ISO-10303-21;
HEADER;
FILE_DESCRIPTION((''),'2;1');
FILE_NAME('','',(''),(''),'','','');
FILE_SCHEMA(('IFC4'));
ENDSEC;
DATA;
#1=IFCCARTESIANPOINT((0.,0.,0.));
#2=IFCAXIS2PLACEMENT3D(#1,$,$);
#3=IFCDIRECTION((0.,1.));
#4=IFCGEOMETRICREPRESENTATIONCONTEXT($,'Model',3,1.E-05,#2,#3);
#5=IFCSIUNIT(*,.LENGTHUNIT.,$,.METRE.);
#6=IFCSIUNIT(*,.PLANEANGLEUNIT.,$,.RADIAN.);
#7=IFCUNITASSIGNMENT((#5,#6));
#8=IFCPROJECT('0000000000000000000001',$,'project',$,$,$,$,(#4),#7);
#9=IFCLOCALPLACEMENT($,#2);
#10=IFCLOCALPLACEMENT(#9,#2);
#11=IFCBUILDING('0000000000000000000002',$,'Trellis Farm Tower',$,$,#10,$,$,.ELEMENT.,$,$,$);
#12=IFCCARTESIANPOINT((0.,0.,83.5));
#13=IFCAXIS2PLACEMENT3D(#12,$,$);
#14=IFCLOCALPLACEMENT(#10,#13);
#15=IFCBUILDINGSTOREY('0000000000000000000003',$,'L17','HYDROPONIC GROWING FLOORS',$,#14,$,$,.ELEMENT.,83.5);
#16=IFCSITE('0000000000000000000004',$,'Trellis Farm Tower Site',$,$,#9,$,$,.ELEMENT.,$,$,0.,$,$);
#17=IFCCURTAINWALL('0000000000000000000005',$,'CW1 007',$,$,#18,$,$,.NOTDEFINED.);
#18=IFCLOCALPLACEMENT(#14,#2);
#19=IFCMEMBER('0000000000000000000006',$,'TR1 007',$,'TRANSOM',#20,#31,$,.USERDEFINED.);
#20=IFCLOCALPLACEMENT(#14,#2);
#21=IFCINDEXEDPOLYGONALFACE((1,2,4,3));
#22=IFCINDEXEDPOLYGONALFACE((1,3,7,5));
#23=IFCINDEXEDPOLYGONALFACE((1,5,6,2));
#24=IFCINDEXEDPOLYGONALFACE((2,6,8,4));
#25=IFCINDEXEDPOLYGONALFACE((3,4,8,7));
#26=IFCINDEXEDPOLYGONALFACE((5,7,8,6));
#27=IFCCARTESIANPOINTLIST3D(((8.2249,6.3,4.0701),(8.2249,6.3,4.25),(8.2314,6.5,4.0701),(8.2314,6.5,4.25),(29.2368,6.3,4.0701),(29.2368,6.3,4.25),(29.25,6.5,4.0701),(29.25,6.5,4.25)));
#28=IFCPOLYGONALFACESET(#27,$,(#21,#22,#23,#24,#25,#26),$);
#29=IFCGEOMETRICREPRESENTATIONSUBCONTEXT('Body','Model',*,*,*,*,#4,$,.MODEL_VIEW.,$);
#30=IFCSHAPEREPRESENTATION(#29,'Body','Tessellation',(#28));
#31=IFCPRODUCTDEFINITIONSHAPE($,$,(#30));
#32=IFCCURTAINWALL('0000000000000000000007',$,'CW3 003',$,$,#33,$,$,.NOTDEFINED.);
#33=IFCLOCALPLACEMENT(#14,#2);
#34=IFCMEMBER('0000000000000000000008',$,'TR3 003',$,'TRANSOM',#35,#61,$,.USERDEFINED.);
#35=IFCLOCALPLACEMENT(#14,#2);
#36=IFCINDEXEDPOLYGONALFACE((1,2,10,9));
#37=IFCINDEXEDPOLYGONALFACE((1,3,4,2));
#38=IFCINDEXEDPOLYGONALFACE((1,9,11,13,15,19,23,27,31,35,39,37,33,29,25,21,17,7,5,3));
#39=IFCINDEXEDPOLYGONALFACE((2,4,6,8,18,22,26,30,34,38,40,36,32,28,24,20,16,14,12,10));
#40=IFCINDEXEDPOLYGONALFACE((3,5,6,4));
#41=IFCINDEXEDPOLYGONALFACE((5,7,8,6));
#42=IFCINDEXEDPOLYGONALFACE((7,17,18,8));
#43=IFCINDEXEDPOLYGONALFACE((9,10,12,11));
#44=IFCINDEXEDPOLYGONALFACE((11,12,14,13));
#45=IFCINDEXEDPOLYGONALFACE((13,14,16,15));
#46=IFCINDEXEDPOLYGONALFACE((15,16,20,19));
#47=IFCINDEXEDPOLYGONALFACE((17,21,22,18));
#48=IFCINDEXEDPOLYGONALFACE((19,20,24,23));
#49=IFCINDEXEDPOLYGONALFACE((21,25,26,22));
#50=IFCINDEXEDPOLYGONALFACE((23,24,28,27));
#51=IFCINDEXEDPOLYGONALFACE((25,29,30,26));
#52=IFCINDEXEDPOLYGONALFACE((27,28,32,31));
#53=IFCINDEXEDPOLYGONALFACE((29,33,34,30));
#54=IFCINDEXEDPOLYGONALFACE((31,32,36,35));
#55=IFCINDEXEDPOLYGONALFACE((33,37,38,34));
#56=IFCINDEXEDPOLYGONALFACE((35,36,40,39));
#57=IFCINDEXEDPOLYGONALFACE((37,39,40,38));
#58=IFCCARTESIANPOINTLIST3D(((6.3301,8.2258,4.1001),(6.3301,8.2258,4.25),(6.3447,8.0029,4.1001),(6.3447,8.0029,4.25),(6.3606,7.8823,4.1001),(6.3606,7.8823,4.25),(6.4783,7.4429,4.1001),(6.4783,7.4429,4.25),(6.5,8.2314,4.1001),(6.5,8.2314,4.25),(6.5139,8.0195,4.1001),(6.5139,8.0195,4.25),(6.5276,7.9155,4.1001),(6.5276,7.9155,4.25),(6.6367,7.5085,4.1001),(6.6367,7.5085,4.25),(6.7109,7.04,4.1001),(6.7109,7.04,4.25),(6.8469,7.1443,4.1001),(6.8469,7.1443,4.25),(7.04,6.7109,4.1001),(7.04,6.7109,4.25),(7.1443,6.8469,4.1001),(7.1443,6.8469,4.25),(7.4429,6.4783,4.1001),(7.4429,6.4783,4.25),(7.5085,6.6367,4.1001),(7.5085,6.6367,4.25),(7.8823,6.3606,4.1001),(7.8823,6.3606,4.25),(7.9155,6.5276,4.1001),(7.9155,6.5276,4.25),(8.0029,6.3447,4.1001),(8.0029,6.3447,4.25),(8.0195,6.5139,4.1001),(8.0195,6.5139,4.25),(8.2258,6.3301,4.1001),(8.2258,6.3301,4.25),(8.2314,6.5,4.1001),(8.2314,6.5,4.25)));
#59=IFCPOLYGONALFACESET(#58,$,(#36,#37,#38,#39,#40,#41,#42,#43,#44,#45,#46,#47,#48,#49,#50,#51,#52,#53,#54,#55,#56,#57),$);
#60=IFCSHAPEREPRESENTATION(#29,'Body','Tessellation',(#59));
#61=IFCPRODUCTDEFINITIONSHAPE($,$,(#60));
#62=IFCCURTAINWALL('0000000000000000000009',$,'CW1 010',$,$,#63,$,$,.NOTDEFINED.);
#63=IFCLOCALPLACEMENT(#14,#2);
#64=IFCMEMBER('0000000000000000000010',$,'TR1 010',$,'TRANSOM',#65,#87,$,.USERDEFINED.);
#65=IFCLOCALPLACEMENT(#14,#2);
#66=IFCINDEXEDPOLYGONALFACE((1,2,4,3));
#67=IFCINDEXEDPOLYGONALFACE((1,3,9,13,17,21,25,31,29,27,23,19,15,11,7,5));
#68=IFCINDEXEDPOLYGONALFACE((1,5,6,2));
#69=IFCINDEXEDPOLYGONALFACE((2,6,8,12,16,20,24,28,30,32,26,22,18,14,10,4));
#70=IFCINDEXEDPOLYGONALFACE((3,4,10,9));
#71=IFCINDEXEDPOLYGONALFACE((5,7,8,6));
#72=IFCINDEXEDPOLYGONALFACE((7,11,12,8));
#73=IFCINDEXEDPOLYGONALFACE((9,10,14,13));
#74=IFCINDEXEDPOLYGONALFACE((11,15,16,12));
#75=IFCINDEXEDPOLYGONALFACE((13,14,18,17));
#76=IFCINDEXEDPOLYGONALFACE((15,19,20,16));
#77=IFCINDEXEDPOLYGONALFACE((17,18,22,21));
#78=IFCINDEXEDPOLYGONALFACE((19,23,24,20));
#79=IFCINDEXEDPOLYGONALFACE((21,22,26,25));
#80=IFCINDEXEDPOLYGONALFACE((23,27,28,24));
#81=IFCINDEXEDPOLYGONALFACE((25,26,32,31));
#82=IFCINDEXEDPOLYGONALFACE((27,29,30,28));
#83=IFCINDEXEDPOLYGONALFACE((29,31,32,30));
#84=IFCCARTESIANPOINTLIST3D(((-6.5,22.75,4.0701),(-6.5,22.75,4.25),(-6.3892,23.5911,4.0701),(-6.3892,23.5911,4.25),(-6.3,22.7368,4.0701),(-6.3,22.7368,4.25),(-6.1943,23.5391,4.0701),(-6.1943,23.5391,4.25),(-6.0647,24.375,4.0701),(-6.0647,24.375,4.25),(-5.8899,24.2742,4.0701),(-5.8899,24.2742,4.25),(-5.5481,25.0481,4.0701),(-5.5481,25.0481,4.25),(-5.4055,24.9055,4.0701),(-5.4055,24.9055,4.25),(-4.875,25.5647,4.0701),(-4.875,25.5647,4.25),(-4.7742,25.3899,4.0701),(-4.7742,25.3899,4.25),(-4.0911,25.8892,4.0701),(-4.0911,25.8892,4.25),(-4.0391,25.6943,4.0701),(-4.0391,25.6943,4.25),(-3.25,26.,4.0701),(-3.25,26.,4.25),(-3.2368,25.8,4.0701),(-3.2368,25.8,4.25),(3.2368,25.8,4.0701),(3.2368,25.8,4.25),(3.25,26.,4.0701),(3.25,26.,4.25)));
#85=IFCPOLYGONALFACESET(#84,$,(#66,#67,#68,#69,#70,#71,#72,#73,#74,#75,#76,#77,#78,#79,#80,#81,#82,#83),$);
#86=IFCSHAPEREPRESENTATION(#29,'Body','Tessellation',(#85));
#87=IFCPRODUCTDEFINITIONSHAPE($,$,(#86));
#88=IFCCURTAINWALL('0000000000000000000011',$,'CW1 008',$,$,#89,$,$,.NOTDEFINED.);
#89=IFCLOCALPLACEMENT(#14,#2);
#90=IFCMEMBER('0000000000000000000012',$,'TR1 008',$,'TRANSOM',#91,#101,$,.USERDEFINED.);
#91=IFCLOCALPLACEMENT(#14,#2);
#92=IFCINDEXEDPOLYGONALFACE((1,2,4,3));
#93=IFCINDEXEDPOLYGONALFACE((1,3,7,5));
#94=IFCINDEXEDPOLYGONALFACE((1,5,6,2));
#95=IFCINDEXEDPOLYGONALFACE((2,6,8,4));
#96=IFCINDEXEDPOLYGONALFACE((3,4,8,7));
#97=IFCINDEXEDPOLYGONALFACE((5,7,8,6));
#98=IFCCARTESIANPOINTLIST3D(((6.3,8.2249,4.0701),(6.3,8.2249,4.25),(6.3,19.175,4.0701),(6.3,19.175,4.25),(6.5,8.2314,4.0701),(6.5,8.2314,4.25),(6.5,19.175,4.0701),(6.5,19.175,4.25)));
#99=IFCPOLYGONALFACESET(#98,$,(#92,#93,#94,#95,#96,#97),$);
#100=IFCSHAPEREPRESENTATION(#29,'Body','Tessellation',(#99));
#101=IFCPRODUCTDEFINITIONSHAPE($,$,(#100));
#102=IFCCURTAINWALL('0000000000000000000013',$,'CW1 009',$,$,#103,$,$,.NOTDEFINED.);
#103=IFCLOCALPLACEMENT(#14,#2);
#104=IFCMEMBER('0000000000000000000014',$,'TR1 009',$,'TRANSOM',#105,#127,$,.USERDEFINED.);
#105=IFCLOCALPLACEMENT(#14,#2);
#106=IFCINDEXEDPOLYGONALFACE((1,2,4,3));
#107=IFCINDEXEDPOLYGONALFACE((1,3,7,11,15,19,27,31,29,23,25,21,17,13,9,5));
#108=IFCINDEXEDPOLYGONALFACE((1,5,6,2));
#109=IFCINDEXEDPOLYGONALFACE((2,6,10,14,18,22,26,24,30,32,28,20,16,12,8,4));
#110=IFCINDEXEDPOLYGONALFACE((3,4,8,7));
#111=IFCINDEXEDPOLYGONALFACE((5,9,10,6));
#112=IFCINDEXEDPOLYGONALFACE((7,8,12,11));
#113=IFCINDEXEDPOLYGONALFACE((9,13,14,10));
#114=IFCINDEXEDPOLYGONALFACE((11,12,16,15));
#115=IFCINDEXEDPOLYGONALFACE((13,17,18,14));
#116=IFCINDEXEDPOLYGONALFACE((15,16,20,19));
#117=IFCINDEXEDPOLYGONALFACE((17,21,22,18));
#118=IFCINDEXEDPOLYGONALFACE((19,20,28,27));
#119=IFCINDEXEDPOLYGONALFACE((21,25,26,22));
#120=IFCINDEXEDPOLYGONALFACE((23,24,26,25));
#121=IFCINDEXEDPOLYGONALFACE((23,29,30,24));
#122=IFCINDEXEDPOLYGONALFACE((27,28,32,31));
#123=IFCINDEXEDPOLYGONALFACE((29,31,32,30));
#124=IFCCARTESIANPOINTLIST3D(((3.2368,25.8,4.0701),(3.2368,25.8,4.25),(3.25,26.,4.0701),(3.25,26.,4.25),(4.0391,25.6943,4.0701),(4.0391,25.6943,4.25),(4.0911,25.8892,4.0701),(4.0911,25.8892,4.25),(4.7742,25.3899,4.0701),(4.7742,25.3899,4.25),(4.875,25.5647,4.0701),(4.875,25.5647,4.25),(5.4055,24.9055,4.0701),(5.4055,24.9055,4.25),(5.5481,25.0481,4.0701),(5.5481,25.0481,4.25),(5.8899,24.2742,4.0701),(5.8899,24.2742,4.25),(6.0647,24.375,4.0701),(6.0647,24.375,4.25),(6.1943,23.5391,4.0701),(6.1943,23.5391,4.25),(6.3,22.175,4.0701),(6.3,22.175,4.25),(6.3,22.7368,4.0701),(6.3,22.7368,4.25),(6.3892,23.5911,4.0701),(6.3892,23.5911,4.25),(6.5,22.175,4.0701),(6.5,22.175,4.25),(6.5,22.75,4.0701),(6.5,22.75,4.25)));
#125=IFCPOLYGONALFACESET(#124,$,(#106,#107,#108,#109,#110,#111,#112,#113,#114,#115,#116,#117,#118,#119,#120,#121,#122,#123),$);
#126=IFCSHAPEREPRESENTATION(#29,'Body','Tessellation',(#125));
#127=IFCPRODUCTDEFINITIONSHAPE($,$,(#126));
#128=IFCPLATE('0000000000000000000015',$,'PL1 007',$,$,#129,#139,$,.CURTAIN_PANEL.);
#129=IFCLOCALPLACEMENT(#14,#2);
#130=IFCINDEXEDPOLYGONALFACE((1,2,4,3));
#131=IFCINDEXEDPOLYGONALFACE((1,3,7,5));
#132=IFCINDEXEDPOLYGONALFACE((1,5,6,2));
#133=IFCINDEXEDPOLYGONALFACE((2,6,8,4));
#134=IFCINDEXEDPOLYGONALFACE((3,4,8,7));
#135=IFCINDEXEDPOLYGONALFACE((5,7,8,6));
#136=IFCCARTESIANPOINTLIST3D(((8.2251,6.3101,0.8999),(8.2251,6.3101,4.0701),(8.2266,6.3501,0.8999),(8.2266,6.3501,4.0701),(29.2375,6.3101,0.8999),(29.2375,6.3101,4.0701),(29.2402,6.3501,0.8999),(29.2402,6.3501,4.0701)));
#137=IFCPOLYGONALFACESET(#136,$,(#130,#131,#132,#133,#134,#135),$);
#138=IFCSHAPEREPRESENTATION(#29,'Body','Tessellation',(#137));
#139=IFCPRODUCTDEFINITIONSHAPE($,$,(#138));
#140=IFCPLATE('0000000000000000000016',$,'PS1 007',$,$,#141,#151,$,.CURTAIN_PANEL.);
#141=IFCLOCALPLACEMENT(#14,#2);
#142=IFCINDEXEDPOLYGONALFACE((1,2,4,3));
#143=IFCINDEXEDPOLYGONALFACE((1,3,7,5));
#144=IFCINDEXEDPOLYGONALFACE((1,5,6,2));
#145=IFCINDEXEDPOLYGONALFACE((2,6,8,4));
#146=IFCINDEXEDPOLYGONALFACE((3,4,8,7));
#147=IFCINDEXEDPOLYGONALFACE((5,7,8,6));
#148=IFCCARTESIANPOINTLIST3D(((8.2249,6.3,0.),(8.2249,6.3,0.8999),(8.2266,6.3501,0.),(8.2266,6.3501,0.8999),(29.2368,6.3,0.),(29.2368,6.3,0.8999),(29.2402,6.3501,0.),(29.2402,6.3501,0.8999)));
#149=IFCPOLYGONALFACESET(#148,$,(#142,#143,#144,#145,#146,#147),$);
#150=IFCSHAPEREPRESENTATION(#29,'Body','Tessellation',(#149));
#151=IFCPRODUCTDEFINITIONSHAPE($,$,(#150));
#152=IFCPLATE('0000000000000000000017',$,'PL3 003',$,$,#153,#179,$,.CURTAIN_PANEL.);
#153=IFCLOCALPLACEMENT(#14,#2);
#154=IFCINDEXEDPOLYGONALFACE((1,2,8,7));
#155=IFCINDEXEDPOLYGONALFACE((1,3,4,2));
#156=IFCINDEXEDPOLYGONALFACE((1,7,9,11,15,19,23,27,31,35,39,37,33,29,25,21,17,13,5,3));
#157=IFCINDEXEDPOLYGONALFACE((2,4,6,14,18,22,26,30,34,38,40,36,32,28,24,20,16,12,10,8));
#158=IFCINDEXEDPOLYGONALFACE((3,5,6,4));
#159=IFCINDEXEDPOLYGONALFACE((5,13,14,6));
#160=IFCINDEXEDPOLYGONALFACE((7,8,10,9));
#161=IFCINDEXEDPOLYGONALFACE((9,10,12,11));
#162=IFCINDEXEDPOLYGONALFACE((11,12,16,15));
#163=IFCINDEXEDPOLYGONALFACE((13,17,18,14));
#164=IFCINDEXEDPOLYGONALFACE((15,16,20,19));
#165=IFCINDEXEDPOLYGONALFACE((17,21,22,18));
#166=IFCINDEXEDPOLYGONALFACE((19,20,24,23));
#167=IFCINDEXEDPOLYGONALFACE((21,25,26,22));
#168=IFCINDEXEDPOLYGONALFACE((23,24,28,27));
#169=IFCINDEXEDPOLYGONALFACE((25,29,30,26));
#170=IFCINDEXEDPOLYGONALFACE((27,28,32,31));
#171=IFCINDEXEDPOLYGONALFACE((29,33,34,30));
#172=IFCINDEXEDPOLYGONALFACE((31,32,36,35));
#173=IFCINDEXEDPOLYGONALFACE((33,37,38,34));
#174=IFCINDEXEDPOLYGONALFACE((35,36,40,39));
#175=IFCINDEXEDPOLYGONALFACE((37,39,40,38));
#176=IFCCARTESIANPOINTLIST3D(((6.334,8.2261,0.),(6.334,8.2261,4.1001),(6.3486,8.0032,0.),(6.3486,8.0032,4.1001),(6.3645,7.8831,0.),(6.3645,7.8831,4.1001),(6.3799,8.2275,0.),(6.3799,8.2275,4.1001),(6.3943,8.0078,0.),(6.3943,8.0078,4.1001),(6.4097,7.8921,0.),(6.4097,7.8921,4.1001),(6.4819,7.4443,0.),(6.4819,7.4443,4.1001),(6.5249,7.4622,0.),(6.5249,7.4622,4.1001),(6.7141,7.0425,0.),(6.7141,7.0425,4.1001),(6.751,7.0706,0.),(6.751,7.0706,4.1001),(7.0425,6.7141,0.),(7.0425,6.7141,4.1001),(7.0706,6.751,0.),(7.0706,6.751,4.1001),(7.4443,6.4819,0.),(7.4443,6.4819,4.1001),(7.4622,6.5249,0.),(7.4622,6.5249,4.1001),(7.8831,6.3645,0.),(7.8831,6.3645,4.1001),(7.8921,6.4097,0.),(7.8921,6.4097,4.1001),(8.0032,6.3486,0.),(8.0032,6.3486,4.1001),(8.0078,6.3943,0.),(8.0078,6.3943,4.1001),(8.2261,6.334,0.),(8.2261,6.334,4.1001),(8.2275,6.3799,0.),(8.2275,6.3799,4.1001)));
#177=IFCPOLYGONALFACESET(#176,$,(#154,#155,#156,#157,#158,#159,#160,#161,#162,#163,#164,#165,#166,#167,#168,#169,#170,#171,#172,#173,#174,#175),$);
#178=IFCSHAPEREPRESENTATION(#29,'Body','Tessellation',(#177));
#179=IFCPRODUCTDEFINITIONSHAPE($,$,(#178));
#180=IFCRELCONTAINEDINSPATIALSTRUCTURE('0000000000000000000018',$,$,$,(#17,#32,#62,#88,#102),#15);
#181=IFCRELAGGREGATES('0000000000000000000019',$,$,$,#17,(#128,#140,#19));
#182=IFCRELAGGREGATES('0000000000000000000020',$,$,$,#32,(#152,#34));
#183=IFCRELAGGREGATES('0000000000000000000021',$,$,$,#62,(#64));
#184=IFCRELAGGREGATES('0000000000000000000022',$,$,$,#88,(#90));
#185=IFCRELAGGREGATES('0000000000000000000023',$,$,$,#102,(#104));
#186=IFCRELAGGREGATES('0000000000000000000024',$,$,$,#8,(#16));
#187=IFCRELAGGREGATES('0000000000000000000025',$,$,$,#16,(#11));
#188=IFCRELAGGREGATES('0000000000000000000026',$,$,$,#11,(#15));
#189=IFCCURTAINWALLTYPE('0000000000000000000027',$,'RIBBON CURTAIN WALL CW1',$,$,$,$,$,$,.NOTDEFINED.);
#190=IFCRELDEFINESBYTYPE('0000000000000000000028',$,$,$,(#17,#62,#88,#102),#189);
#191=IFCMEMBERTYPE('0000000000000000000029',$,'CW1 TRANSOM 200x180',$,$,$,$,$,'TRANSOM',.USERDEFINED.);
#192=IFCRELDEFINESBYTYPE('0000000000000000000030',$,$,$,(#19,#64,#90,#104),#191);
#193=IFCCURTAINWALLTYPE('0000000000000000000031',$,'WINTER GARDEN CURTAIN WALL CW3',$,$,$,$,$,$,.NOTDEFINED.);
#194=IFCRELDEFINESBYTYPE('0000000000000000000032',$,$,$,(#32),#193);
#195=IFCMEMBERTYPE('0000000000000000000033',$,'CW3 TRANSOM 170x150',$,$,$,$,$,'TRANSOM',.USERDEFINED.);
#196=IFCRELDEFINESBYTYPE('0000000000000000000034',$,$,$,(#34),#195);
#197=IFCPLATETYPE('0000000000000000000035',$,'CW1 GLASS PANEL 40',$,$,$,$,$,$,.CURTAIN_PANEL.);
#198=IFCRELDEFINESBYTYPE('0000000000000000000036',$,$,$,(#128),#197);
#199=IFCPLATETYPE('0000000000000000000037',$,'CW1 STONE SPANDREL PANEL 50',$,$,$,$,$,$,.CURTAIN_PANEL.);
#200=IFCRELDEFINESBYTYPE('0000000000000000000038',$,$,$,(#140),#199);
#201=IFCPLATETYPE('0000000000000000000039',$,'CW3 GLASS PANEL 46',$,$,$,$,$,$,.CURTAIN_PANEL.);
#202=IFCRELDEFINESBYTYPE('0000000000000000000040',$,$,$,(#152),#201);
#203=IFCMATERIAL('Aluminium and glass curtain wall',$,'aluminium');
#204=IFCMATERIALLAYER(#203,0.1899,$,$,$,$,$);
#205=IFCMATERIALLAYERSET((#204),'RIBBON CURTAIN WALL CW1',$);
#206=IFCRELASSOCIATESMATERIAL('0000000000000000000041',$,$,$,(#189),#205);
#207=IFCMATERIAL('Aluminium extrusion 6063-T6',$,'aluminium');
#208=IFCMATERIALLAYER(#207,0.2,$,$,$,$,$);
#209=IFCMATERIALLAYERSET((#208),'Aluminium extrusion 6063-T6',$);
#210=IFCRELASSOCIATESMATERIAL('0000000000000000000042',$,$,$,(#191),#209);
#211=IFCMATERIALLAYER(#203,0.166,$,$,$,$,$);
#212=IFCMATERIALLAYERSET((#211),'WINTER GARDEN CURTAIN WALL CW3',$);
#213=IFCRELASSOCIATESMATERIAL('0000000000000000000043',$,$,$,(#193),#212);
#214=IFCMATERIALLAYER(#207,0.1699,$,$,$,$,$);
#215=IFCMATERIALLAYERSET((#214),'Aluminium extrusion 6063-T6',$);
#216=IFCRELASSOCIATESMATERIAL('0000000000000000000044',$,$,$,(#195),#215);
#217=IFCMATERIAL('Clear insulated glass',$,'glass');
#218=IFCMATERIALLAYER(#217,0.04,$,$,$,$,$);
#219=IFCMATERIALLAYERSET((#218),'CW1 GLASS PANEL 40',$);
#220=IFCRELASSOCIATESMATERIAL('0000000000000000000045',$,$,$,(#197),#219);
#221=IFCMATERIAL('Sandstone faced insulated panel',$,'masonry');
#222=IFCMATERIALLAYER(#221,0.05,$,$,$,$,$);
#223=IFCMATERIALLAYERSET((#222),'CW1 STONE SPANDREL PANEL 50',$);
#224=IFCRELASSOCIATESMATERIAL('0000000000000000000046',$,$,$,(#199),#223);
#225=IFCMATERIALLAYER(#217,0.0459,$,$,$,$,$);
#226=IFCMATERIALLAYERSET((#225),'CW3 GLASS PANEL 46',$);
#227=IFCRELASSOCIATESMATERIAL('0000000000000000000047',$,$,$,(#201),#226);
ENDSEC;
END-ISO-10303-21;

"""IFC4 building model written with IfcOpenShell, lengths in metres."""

from ifc_helpers import new_model, si_unit, direction, frame, origin, place, context, subcontext, project, spatial, polyline, outline, extrude, source, transform, mapped, material, layer, layer_set, type_object, element, aggregate, save


model = new_model("IFC4")

# Units and contexts
model_context = context("Model", 3, precision=1e-05, world=origin(), true_north=direction((0.0, 1.0)))
body_context = subcontext(model_context, "Body", "Model", "MODEL_VIEW")
ifc_project = project(units=[si_unit("LENGTHUNIT", "METRE"), si_unit("PLANEANGLEUNIT", "RADIAN")], contexts=[model_context])

# Site, building, storey
site_placement = place(None, origin())
site = spatial("IfcSite", under=ifc_project, at=site_placement, Name="Trellis Farm Tower Site", CompositionType="ELEMENT", RefElevation=0.0)
building_placement = place(site_placement, origin())
building = spatial("IfcBuilding", under=site, at=building_placement, Name="Trellis Farm Tower", CompositionType="ELEMENT")
storey_placement = place(building_placement, frame((0.0, 0.0, 83.5)))
storey = spatial("IfcBuildingStorey", under=building, at=storey_placement, Name="L17", Description="HYDROPONIC GROWING FLOORS", CompositionType="ELEMENT", Elevation=83.5)

# Curtain walls, members
ifc_material_1 = material(Name="Aluminium and glass curtain wall", Category="aluminium")
ifc_layer_1 = layer(ifc_material_1, 0.1899)
ifc_layer_set_1 = layer_set([ifc_layer_1], Name="RIBBON CURTAIN WALL CW1")
curtain_wall_type_1 = type_object("IfcCurtainWallType", Name="RIBBON CURTAIN WALL CW1", PredefinedType="NOTDEFINED", material=ifc_layer_set_1)
placement_1 = place(storey_placement, origin())
curtain_wall_1 = element("IfcCurtainWall", 1, at=placement_1, inside=storey, type_object=curtain_wall_type_1, Name="CW1 007", PredefinedType="NOTDEFINED")
ifc_material_2 = material(Name="Aluminium extrusion 6063-T6", Category="aluminium")
ifc_layer_2 = layer(ifc_material_2, 0.2)
ifc_layer_set_2 = layer_set([ifc_layer_2], Name="Aluminium extrusion 6063-T6")
member_type_1 = type_object("IfcMemberType", Name="CW1 TRANSOM 200x180", ElementType="TRANSOM", PredefinedType="USERDEFINED", material=ifc_layer_set_2)
shared_shape_1 = source(origin(), body_context, "Body", "SweptSolid", [
    extrude(outline(polyline([(29.25, 6.5), (8.2314, 6.5), (8.2249, 6.3), (29.2368, 6.3), (29.25, 6.5)])), origin(), (0.0, 0.0, 1.0), 0.1799),
])
placement_2 = place(storey_placement, frame((0.0, 0.0, 4.0701)))
member_1 = element("IfcMember", 2, at=placement_2, type_object=member_type_1, Name="TR1 007", ObjectType="TRANSOM", PredefinedType="USERDEFINED", context=body_context, shape_type="MappedRepresentation", body=[
    mapped(shared_shape_1, transform((0.0, 0.0, 0.0))),
])
ifc_layer_3 = layer(ifc_material_1, 0.166)
ifc_layer_set_3 = layer_set([ifc_layer_3], Name="WINTER GARDEN CURTAIN WALL CW3")
curtain_wall_type_2 = type_object("IfcCurtainWallType", Name="WINTER GARDEN CURTAIN WALL CW3", PredefinedType="NOTDEFINED", material=ifc_layer_set_3)
curtain_wall_2 = element("IfcCurtainWall", 3, at=placement_1, inside=storey, type_object=curtain_wall_type_2, Name="CW3 003", PredefinedType="NOTDEFINED")
ifc_layer_4 = layer(ifc_material_2, 0.1699)
ifc_layer_set_4 = layer_set([ifc_layer_4], Name="Aluminium extrusion 6063-T6")
member_type_2 = type_object("IfcMemberType", Name="CW3 TRANSOM 170x150", ElementType="TRANSOM", PredefinedType="USERDEFINED", material=ifc_layer_set_4)
shared_shape_2 = source(origin(), body_context, "Body", "SweptSolid", [
    extrude(outline(polyline([(8.2314, 6.5), (8.0195, 6.5139), (7.9155, 6.5276), (7.5085, 6.6367), (7.1443, 6.8469), (6.8469, 7.1443), (6.6367, 7.5085), (6.5276, 7.9155), (6.5139, 8.0195), (6.5, 8.2314), (6.3301, 8.2258), (6.3447, 8.0029), (6.3606, 7.8823), (6.4783, 7.4429), (6.7109, 7.04), (7.04, 6.7109), (7.4429, 6.4783), (7.8823, 6.3606), (8.0029, 6.3447), (8.2258, 6.3301), (8.2314, 6.5)])), origin(), (0.0, 0.0, 1.0), 0.1499),
])
member_2_placement = place(storey_placement, frame((0.0, 0.0, 4.1001)))
member_2 = element("IfcMember", 4, at=member_2_placement, type_object=member_type_2, Name="TR3 003", ObjectType="TRANSOM", PredefinedType="USERDEFINED", context=body_context, shape_type="MappedRepresentation", body=[
    mapped(shared_shape_2, transform((0.0, 0.0, 0.0))),
])
curtain_wall_3 = element("IfcCurtainWall", 5, at=placement_1, inside=storey, type_object=curtain_wall_type_1, Name="CW1 010", PredefinedType="NOTDEFINED")
shared_shape_3 = source(origin(), body_context, "Body", "SweptSolid", [
    extrude(outline(polyline([(3.25, 26.0), (-3.25, 26.0), (-4.0911, 25.8892), (-4.875, 25.5647), (-5.5481, 25.0481), (-6.0647, 24.375), (-6.3892, 23.5911), (-6.5, 22.75), (-6.3, 22.7368), (-6.1943, 23.5391), (-5.8899, 24.2742), (-5.4055, 24.9055), (-4.7742, 25.3899), (-4.0391, 25.6943), (-3.2368, 25.8), (3.2368, 25.8), (3.25, 26.0)])), origin(), (0.0, 0.0, 1.0), 0.1799),
])
member_3 = element("IfcMember", 6, at=placement_2, type_object=member_type_1, Name="TR1 010", ObjectType="TRANSOM", PredefinedType="USERDEFINED", context=body_context, shape_type="MappedRepresentation", body=[
    mapped(shared_shape_3, transform((0.0, 0.0, 0.0))),
])
curtain_wall_4 = element("IfcCurtainWall", 7, at=placement_1, inside=storey, type_object=curtain_wall_type_1, Name="CW1 008", PredefinedType="NOTDEFINED")
shared_shape_4 = source(origin(), body_context, "Body", "SweptSolid", [
    extrude(outline(polyline([(6.5, 8.2314), (6.5, 19.175), (6.3, 19.175), (6.3, 8.2249), (6.5, 8.2314)])), origin(), (0.0, 0.0, 1.0), 0.1799),
])
member_4 = element("IfcMember", 8, at=placement_2, type_object=member_type_1, Name="TR1 008", ObjectType="TRANSOM", PredefinedType="USERDEFINED", context=body_context, shape_type="MappedRepresentation", body=[
    mapped(shared_shape_4, transform((0.0, 0.0, 0.0))),
])
curtain_wall_5 = element("IfcCurtainWall", 9, at=placement_1, inside=storey, type_object=curtain_wall_type_1, Name="CW1 009", PredefinedType="NOTDEFINED")
shared_shape_5 = source(origin(), body_context, "Body", "SweptSolid", [
    extrude(outline(polyline([(6.5, 22.175), (6.5, 22.75), (6.3892, 23.5911), (6.0647, 24.375), (5.5481, 25.0481), (4.875, 25.5647), (4.0911, 25.8892), (3.25, 26.0), (3.2368, 25.8), (4.0391, 25.6943), (4.7742, 25.3899), (5.4055, 24.9055), (5.8899, 24.2742), (6.1943, 23.5391), (6.3, 22.7368), (6.3, 22.175), (6.5, 22.175)])), origin(), (0.0, 0.0, 1.0), 0.1799),
])
member_5 = element("IfcMember", 10, at=placement_2, type_object=member_type_1, Name="TR1 009", ObjectType="TRANSOM", PredefinedType="USERDEFINED", context=body_context, shape_type="MappedRepresentation", body=[
    mapped(shared_shape_5, transform((0.0, 0.0, 0.0))),
])

# Plates
ifc_material_3 = material(Name="Clear insulated glass", Category="glass")
ifc_layer_5 = layer(ifc_material_3, 0.04)
ifc_layer_set_5 = layer_set([ifc_layer_5], Name="CW1 GLASS PANEL 40")
plate_type_1 = type_object("IfcPlateType", Name="CW1 GLASS PANEL 40", PredefinedType="CURTAIN_PANEL", material=ifc_layer_set_5)
shared_shape_6 = source(origin(), body_context, "Body", "SweptSolid", [
    extrude(outline(polyline([(29.2402, 6.3501), (8.2266, 6.3501), (8.2251, 6.3101), (29.2375, 6.3101), (29.2402, 6.3501)])), origin(), (0.0, 0.0, 1.0), 3.1702),
])
placement_3 = place(storey_placement, frame((0.0, 0.0, 0.8999)))
plate_1 = element("IfcPlate", 11, at=placement_3, type_object=plate_type_1, Name="PL1 007", PredefinedType="CURTAIN_PANEL", context=body_context, shape_type="MappedRepresentation", body=[
    mapped(shared_shape_6, transform((0.0, 0.0, 0.0))),
])
ifc_material_4 = material(Name="Sandstone faced insulated panel", Category="masonry")
ifc_layer_6 = layer(ifc_material_4, 0.05)
ifc_layer_set_6 = layer_set([ifc_layer_6], Name="CW1 STONE SPANDREL PANEL 50")
plate_type_2 = type_object("IfcPlateType", Name="CW1 STONE SPANDREL PANEL 50", PredefinedType="CURTAIN_PANEL", material=ifc_layer_set_6)
shared_shape_7 = source(origin(), body_context, "Body", "SweptSolid", [
    extrude(outline(polyline([(29.2402, 6.3501), (8.2266, 6.3501), (8.2249, 6.3), (29.2368, 6.3), (29.2402, 6.3501)])), origin(), (0.0, 0.0, 1.0), 0.8999),
])
plate_2 = element("IfcPlate", 12, at=placement_1, type_object=plate_type_2, Name="PS1 007", PredefinedType="CURTAIN_PANEL", context=body_context, shape_type="MappedRepresentation", body=[
    mapped(shared_shape_7, transform((0.0, 0.0, 0.0))),
])
aggregate(curtain_wall_1, [plate_1, plate_2, member_1])
ifc_layer_7 = layer(ifc_material_3, 0.0459)
ifc_layer_set_7 = layer_set([ifc_layer_7], Name="CW3 GLASS PANEL 46")
plate_type_3 = type_object("IfcPlateType", Name="CW3 GLASS PANEL 46", PredefinedType="CURTAIN_PANEL", material=ifc_layer_set_7)
shared_shape_8 = source(origin(), body_context, "Body", "SweptSolid", [
    extrude(outline(polyline([(8.2275, 6.3799), (8.0078, 6.3943), (7.8921, 6.4097), (7.4622, 6.5249), (7.0706, 6.751), (6.751, 7.0706), (6.5249, 7.4622), (6.4097, 7.8921), (6.3943, 8.0078), (6.3799, 8.2275), (6.334, 8.2261), (6.3486, 8.0032), (6.3645, 7.8831), (6.4819, 7.4443), (6.7141, 7.0425), (7.0425, 6.7141), (7.4443, 6.4819), (7.8831, 6.3645), (8.0032, 6.3486), (8.2261, 6.334), (8.2275, 6.3799)])), origin(), (0.0, 0.0, 1.0), 4.1001),
])
plate_3 = element("IfcPlate", 13, at=placement_1, type_object=plate_type_3, Name="PL3 003", PredefinedType="CURTAIN_PANEL", context=body_context, shape_type="MappedRepresentation", body=[
    mapped(shared_shape_8, transform((0.0, 0.0, 0.0))),
])
aggregate(curtain_wall_2, [plate_3, member_2])

aggregate(curtain_wall_3, [member_3])
aggregate(curtain_wall_4, [member_4])
aggregate(curtain_wall_5, [member_5])

save(model, "model.ifc")
